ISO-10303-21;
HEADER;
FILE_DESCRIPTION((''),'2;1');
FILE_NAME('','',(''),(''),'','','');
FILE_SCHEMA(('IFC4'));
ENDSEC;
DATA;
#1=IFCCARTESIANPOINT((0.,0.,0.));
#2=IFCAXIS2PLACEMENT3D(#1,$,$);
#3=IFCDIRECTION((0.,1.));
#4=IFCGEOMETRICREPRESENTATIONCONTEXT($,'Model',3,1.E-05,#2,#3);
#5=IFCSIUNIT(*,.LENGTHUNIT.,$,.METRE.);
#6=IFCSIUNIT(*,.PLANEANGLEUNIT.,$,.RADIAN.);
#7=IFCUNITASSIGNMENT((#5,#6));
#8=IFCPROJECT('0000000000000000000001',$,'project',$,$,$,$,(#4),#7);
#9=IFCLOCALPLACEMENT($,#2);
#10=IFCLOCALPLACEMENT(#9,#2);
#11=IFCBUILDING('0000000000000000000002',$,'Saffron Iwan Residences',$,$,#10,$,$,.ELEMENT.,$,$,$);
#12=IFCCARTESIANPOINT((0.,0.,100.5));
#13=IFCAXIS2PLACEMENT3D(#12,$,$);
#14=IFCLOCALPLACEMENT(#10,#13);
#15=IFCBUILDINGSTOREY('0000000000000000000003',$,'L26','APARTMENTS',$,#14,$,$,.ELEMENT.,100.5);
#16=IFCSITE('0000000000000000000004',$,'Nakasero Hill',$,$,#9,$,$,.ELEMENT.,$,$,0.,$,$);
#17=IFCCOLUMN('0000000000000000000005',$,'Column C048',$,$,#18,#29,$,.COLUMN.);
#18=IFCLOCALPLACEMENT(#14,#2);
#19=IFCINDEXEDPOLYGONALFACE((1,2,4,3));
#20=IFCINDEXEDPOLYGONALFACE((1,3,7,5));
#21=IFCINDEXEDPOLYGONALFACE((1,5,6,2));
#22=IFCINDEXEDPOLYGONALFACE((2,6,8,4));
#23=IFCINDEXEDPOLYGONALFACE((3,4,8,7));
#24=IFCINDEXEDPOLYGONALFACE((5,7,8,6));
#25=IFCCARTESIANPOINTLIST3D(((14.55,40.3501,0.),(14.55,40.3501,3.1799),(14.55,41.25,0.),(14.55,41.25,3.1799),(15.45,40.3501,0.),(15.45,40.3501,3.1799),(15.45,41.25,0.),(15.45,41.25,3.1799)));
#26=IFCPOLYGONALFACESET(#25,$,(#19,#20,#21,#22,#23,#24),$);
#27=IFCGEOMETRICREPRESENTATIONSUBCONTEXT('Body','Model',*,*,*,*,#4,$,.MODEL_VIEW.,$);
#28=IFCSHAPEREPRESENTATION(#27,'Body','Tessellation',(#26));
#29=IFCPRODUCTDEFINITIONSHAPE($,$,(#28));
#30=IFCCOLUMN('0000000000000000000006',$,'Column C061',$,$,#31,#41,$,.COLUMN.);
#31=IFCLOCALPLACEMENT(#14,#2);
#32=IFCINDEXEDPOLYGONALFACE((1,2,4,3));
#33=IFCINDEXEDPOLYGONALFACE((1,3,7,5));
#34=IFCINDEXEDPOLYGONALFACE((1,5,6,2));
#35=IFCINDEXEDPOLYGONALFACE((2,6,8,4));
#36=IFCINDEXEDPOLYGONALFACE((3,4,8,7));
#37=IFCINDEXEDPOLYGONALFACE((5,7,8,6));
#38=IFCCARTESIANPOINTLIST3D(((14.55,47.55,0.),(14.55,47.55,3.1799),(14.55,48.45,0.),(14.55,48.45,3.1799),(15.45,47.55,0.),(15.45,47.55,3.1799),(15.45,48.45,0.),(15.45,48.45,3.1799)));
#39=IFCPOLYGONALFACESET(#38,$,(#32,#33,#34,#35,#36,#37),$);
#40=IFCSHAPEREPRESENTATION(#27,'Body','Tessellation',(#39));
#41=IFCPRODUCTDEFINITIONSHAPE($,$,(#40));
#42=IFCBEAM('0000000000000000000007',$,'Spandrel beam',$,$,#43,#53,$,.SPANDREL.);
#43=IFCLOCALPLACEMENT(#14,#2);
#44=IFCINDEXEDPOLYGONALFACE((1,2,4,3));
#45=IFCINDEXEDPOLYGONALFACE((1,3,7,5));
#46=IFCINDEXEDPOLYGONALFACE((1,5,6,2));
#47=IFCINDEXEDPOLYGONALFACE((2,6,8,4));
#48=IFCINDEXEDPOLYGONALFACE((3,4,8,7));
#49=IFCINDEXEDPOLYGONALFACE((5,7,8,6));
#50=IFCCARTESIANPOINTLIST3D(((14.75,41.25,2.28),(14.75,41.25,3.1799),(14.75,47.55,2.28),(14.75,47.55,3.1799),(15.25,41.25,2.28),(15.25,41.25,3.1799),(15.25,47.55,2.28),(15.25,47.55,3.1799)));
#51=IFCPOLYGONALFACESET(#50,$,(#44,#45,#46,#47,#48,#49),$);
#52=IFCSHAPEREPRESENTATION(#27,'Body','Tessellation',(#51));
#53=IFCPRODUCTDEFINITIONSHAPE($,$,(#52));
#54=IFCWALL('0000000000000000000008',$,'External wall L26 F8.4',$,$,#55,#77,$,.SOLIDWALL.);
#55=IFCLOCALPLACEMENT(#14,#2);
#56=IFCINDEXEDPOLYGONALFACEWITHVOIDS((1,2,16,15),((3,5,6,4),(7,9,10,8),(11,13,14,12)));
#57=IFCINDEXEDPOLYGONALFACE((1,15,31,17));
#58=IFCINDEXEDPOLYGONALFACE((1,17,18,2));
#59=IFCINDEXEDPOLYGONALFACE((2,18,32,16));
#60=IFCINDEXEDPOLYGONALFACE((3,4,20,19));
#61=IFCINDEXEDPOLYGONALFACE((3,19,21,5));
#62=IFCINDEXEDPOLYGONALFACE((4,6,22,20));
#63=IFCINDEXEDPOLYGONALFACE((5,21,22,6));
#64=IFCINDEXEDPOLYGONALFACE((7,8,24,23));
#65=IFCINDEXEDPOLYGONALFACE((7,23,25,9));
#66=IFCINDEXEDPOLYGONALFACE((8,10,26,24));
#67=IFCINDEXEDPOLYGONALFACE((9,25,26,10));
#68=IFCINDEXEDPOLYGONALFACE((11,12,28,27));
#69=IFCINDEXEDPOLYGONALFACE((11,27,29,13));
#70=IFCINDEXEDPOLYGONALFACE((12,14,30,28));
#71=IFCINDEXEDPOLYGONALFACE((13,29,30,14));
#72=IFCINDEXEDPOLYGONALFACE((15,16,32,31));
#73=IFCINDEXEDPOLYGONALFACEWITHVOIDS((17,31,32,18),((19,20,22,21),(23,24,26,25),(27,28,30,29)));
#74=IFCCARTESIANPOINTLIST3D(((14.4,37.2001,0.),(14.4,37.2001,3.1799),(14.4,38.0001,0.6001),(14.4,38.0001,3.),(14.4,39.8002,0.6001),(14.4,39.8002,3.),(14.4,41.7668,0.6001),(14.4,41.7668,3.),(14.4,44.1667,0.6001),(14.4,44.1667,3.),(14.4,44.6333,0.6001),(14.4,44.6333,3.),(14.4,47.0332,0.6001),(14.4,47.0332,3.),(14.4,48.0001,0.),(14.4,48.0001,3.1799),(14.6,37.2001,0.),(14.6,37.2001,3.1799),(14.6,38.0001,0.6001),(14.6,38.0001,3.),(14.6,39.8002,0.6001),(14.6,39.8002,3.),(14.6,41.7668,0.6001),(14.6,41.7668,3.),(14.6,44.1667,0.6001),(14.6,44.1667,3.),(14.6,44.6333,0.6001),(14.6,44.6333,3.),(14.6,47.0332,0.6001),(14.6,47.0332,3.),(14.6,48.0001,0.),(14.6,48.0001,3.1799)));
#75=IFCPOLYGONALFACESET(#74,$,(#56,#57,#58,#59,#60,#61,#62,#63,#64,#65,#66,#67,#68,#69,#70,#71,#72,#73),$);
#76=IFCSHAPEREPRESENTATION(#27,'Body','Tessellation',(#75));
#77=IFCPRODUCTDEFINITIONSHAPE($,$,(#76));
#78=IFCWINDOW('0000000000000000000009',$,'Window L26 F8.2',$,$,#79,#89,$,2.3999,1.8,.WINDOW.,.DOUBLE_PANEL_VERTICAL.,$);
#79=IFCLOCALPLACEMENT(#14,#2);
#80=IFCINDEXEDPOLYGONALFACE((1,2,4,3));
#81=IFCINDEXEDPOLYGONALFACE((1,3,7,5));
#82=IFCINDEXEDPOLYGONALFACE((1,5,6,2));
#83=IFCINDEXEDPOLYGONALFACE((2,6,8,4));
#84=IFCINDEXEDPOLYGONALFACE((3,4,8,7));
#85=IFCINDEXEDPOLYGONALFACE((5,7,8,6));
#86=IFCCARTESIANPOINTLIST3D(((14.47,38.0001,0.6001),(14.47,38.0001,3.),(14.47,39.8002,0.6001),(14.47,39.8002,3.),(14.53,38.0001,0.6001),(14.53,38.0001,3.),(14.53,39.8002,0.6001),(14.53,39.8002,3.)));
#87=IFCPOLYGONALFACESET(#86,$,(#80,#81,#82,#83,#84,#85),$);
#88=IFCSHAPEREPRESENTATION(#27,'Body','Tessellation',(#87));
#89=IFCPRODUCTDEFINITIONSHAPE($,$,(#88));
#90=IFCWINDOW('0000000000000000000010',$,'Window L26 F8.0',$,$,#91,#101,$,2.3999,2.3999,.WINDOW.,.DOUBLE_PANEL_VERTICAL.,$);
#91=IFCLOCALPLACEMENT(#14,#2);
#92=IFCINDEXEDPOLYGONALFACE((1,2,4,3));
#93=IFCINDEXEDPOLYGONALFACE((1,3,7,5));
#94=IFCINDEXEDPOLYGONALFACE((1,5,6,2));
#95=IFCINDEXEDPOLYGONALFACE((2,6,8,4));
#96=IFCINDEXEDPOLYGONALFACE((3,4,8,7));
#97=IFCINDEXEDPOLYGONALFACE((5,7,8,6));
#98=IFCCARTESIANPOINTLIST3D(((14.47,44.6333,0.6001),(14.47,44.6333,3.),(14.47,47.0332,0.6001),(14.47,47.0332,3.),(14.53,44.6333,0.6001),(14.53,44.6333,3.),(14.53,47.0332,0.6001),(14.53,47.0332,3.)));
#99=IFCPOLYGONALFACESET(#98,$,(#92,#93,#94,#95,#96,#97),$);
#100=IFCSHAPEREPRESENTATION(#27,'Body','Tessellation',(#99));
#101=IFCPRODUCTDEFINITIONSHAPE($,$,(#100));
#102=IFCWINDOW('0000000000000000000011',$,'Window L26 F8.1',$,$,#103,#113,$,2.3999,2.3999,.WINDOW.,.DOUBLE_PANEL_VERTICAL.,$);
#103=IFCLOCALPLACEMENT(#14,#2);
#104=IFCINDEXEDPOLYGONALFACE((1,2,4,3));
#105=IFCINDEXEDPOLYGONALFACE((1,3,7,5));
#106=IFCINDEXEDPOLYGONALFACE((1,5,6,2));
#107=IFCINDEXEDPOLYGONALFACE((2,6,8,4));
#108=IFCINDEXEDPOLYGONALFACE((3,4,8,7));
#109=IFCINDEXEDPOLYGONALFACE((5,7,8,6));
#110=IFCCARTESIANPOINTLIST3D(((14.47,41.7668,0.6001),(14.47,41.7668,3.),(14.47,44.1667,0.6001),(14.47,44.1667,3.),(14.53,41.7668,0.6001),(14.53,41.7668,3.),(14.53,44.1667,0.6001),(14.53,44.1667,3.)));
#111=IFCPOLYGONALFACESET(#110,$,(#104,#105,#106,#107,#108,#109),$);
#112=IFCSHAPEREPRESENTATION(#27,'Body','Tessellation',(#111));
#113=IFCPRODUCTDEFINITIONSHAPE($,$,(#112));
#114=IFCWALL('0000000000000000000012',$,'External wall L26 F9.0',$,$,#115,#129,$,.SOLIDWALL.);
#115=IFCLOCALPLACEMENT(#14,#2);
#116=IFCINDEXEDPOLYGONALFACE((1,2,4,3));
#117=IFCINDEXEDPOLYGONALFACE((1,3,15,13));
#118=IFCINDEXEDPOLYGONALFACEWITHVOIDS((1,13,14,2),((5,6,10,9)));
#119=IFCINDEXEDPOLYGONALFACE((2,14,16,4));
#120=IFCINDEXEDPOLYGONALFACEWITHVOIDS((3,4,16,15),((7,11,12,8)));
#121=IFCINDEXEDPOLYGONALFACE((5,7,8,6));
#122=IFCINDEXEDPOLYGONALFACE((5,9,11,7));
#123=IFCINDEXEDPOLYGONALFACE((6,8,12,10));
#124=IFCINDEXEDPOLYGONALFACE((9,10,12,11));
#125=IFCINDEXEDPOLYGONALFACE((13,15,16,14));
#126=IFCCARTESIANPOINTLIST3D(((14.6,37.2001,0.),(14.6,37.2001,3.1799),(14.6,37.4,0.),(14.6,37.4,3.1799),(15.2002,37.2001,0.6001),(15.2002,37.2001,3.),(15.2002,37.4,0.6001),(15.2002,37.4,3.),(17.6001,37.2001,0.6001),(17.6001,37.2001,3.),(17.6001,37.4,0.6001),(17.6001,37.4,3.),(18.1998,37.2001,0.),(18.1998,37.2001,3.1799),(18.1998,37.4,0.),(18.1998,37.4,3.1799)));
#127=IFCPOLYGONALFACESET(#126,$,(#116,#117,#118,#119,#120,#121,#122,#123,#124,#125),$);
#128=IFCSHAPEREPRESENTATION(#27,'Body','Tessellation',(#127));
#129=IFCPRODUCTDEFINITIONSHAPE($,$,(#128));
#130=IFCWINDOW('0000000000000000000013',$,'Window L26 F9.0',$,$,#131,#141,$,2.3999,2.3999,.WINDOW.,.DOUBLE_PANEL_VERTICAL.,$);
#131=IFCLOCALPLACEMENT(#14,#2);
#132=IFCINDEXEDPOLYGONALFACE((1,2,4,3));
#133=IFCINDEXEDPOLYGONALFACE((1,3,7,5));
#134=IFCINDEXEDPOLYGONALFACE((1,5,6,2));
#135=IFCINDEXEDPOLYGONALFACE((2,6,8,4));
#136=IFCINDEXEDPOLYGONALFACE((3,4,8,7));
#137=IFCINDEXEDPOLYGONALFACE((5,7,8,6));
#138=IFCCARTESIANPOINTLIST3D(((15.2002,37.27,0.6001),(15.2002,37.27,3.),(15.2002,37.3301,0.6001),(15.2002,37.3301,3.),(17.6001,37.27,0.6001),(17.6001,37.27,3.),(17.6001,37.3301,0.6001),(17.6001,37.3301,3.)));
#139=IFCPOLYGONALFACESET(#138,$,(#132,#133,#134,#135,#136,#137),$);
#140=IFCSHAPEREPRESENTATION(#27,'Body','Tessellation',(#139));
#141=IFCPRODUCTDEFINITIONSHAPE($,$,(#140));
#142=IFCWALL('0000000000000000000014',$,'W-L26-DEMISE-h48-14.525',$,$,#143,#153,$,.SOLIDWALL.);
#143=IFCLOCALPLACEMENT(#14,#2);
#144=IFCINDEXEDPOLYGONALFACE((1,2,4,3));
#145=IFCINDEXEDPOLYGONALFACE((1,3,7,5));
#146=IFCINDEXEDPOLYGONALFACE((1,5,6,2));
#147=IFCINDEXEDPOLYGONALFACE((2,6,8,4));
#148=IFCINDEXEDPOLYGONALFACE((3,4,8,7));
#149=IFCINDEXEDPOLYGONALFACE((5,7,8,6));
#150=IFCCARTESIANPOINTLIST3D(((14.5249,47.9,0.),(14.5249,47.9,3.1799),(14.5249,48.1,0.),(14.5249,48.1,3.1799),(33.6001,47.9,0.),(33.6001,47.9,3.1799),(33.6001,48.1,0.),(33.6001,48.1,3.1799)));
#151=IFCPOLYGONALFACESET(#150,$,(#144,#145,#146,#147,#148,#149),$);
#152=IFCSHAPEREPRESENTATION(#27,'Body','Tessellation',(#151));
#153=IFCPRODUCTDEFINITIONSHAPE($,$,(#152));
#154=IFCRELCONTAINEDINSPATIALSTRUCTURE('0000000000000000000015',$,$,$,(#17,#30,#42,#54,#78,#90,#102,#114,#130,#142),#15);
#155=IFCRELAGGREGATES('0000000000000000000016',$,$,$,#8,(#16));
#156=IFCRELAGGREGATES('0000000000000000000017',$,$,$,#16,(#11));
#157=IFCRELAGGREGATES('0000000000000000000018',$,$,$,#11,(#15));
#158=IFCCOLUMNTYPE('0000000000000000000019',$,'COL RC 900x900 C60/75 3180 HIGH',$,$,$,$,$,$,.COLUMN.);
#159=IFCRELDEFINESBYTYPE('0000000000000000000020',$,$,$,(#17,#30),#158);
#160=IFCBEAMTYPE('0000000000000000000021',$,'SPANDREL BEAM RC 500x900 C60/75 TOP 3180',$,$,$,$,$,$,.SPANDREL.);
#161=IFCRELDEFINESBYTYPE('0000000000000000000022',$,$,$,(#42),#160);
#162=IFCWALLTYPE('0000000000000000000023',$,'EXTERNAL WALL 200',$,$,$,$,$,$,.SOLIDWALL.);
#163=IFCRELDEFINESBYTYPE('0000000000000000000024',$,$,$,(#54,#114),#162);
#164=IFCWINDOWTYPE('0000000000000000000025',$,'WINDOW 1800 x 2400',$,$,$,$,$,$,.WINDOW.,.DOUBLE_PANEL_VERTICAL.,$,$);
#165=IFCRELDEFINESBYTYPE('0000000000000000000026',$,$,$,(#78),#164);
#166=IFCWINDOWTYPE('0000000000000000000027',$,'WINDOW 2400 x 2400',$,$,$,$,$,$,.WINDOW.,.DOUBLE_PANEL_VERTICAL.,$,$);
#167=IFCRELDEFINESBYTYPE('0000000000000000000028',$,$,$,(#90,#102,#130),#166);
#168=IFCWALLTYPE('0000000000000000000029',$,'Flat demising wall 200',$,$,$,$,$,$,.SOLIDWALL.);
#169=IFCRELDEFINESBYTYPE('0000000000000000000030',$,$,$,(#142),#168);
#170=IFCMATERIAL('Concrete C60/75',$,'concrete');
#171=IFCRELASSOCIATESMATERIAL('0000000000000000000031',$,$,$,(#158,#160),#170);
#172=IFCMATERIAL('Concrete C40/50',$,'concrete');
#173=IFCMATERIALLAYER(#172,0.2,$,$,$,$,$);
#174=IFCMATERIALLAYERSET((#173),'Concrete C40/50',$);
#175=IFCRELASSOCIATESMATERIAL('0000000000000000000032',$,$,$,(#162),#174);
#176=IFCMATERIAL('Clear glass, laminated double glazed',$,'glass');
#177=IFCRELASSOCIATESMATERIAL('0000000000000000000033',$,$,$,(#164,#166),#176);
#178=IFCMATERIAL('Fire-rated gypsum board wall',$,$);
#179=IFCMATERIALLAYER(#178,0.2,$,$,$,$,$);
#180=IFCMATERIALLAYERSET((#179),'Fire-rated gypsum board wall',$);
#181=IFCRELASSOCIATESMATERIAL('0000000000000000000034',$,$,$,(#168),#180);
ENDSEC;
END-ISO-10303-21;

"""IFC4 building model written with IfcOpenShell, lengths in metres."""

from ifc_helpers import new_model, si_unit, direction, frame, frame_2d, origin, origin_2d, place, context, subcontext, project, spatial, rectangle, extrude, source, transform, mapped, material, layer, layer_set, material_profile, profile_set, type_object, element, fill, save


model = new_model("IFC4")

# Units and contexts
model_context = context("Model", 3, precision=1e-05, world=origin(), true_north=direction((0.0, 1.0)))
body_context = subcontext(model_context, "Body", "Model", "MODEL_VIEW")
ifc_project = project(units=[si_unit("LENGTHUNIT", "METRE"), si_unit("PLANEANGLEUNIT", "RADIAN")], contexts=[model_context])

# Site, building, storey
site_placement = place(None, origin())
site = spatial("IfcSite", under=ifc_project, at=site_placement, Name="Nakasero Hill", CompositionType="ELEMENT", RefElevation=0.0)
building_placement = place(site_placement, origin())
building = spatial("IfcBuilding", under=site, at=building_placement, Name="Saffron Iwan Residences", CompositionType="ELEMENT")
storey_placement = place(building_placement, frame((0.0, 0.0, 100.5)))
storey = spatial("IfcBuildingStorey", under=building, at=storey_placement, Name="L26", Description="APARTMENTS", CompositionType="ELEMENT", Elevation=100.5)

# Columns
ifc_material_1 = material(Name="Concrete C60/75", Category="concrete")
ifc_material_profile_1 = material_profile(ifc_material_1, rectangle(XDim=0.8999, YDim=0.8999, at=origin_2d()), Name="RC 900x900")
ifc_profile_set_1 = profile_set([ifc_material_profile_1], Name="Concrete C60/75")
column_type = type_object("IfcColumnType", Name="COL RC 900x900 C60/75 3180 HIGH", PredefinedType="COLUMN", material=ifc_profile_set_1)
shared_shape_1 = source(origin(), body_context, "Body", "SweptSolid", [
    extrude(rectangle(XDim=0.8999, YDim=0.8999, at=origin_2d()), origin(), (0.0, 0.0, 1.0), 3.1799),
])
for number, where, z_axis, x_axis, name in (
    (1, (15.0, 40.8, 0.0), (0.0, 0.0, 1.0), (1.0, 0.0, 0.0), "Column C048"),
    (2, (15.0, 48.0, 0.0), (0.0, 0.0, 1.0), (1.0, 0.0, 0.0), "Column C061"),
):
    element("IfcColumn", number, at=place(storey_placement, frame(where, z_axis=z_axis, x_axis=x_axis)), inside=storey, type_object=column_type, Name=name, PredefinedType="COLUMN", context=body_context, shape_type="MappedRepresentation", body=[
        mapped(shared_shape_1, transform((0.0, 0.0, 0.0))),
    ])

# Beam
ifc_material_profile_2 = material_profile(ifc_material_1, rectangle(XDim=0.5, YDim=0.8999, at=origin_2d()), Name="RC 500x900")
ifc_profile_set_2 = profile_set([ifc_material_profile_2], Name="Concrete C60/75")
beam_type = type_object("IfcBeamType", Name="SPANDREL BEAM RC 500x900 C60/75 TOP 3180", PredefinedType="SPANDREL", material=ifc_profile_set_2)
shared_shape_2 = source(origin(), body_context, "Body", "SweptSolid", [
    extrude(rectangle(XDim=0.5, YDim=0.8999, at=origin_2d()), origin(), (0.0, 0.0, 1.0), 6.3),
])
beam_placement = place(storey_placement, frame((15.0, 41.25, 2.73), z_axis=(0.0, 1.0, 0.0), x_axis=(-1.0, 0.0, 0.0)))
element("IfcBeam", 3, at=beam_placement, inside=storey, type_object=beam_type, Name="Spandrel beam", PredefinedType="SPANDREL", context=body_context, shape_type="MappedRepresentation", body=[
    mapped(shared_shape_2, transform((0.0, 0.0, 0.0))),
])

# Wall, openings, windows
ifc_material_2 = material(Name="Concrete C40/50", Category="concrete")
ifc_layer_1 = layer(ifc_material_2, 0.2)
ifc_layer_set_1 = layer_set([ifc_layer_1], Name="Concrete C40/50")
wall_type_1 = type_object("IfcWallType", Name="EXTERNAL WALL 200", PredefinedType="SOLIDWALL", material=ifc_layer_set_1)
wall_1_placement = place(storey_placement, frame((14.5, 48.0, 0.0), z_axis=(0.0, 0.0, 1.0), x_axis=(0.0, -1.0, 0.0)))
wall_1 = element("IfcWall", 4, at=wall_1_placement, inside=storey, type_object=wall_type_1, Name="External wall L26 F8.4", PredefinedType="SOLIDWALL", context=body_context, shape_type="SweptSolid", body=[
    extrude(rectangle(XDim=10.8, YDim=0.2, at=frame_2d((5.3999, 0.0))), origin(), (0.0, 0.0, 1.0), 3.1799),
])
opening_1_placement = place(wall_1_placement, frame((0.9668, 0.0, 0.6001)))
opening_1 = element("IfcOpeningElement", 5, at=opening_1_placement, cuts=wall_1, PredefinedType="OPENING", context=body_context, shape_type="SweptSolid", body=[
    extrude(rectangle(XDim=2.3999, YDim=2.3999, at=frame_2d((1.2, 1.2))), frame((0.0, 0.1099, 0.0), z_axis=(0.0, -1.0, 0.0), x_axis=(1.0, 0.0, 0.0)), (0.0, 0.0, 1.0), 0.22),
])
opening_2_placement = place(wall_1_placement, frame((3.8333, 0.0, 0.6001)))
opening_2 = element("IfcOpeningElement", 6, at=opening_2_placement, cuts=wall_1, PredefinedType="OPENING", context=body_context, shape_type="SweptSolid", body=[
    extrude(rectangle(XDim=2.3999, YDim=2.3999, at=frame_2d((1.2, 1.2))), frame((0.0, 0.1099, 0.0), z_axis=(0.0, -1.0, 0.0), x_axis=(1.0, 0.0, 0.0)), (0.0, 0.0, 1.0), 0.22),
])
opening_3_placement = place(wall_1_placement, frame((8.2, 0.0, 0.6001)))
opening_3 = element("IfcOpeningElement", 7, at=opening_3_placement, cuts=wall_1, PredefinedType="OPENING", context=body_context, shape_type="SweptSolid", body=[
    extrude(rectangle(XDim=1.8, YDim=2.3999, at=frame_2d((0.8999, 1.2))), frame((0.0, 0.1099, 0.0), z_axis=(0.0, -1.0, 0.0), x_axis=(1.0, 0.0, 0.0)), (0.0, 0.0, 1.0), 0.22),
])
ifc_material_3 = material(Name="Clear glass, laminated double glazed", Category="glass")
window_type_1 = type_object("IfcWindowType", Name="WINDOW 1800 x 2400", PartitioningType="DOUBLE_PANEL_VERTICAL", PredefinedType="WINDOW", material=ifc_material_3)
window_1_placement = place(opening_3_placement, origin())
window_1 = element("IfcWindow", 8, at=window_1_placement, inside=storey, type_object=window_type_1, Name="Window L26 F8.2", OverallHeight=2.3999, OverallWidth=1.8, PartitioningType="DOUBLE_PANEL_VERTICAL", PredefinedType="WINDOW", context=body_context, shape_type="SweptSolid", body=[
    extrude(rectangle(XDim=1.8, YDim=2.3999, at=frame_2d((0.8999, 1.2))), frame((0.0, 0.03, 0.0), z_axis=(0.0, -1.0, 0.0), x_axis=(1.0, 0.0, 0.0)), (0.0, 0.0, 1.0), 0.0601),
])
fill(opening_3, window_1)
window_type_2 = type_object("IfcWindowType", Name="WINDOW 2400 x 2400", PartitioningType="DOUBLE_PANEL_VERTICAL", PredefinedType="WINDOW", material=ifc_material_3)
window_2_placement = place(opening_1_placement, origin())
window_2 = element("IfcWindow", 9, at=window_2_placement, inside=storey, type_object=window_type_2, Name="Window L26 F8.0", OverallHeight=2.3999, OverallWidth=2.3999, PartitioningType="DOUBLE_PANEL_VERTICAL", PredefinedType="WINDOW", context=body_context, shape_type="SweptSolid", body=[
    extrude(rectangle(XDim=2.3999, YDim=2.3999, at=frame_2d((1.2, 1.2))), frame((0.0, 0.03, 0.0), z_axis=(0.0, -1.0, 0.0), x_axis=(1.0, 0.0, 0.0)), (0.0, 0.0, 1.0), 0.0601),
])
fill(opening_1, window_2)
window_3_placement = place(opening_2_placement, origin())
window_3 = element("IfcWindow", 10, at=window_3_placement, inside=storey, type_object=window_type_2, Name="Window L26 F8.1", OverallHeight=2.3999, OverallWidth=2.3999, PartitioningType="DOUBLE_PANEL_VERTICAL", PredefinedType="WINDOW", context=body_context, shape_type="SweptSolid", body=[
    extrude(rectangle(XDim=2.3999, YDim=2.3999, at=frame_2d((1.2, 1.2))), frame((0.0, 0.03, 0.0), z_axis=(0.0, -1.0, 0.0), x_axis=(1.0, 0.0, 0.0)), (0.0, 0.0, 1.0), 0.0601),
])
fill(opening_2, window_3)

# Wall, opening, window
wall_2_placement = place(storey_placement, frame((14.6001, 37.3, 0.0), z_axis=(0.0, 0.0, 1.0), x_axis=(1.0, 0.0, 0.0)))
wall_2 = element("IfcWall", 11, at=wall_2_placement, inside=storey, type_object=wall_type_1, Name="External wall L26 F9.0", PredefinedType="SOLIDWALL", context=body_context, shape_type="SweptSolid", body=[
    extrude(rectangle(XDim=3.5999, YDim=0.2, at=frame_2d((1.7998, 0.0))), origin(), (0.0, 0.0, 1.0), 3.1799),
])
opening_4_placement = place(wall_2_placement, frame((0.6001, 0.0, 0.6001)))
opening_4 = element("IfcOpeningElement", 12, at=opening_4_placement, cuts=wall_2, PredefinedType="OPENING", context=body_context, shape_type="SweptSolid", body=[
    extrude(rectangle(XDim=2.3999, YDim=2.3999, at=frame_2d((1.2, 1.2))), frame((0.0, 0.1099, 0.0), z_axis=(0.0, -1.0, 0.0), x_axis=(1.0, 0.0, 0.0)), (0.0, 0.0, 1.0), 0.22),
])
window_4_placement = place(opening_4_placement, origin())
window_4 = element("IfcWindow", 13, at=window_4_placement, inside=storey, type_object=window_type_2, Name="Window L26 F9.0", OverallHeight=2.3999, OverallWidth=2.3999, PartitioningType="DOUBLE_PANEL_VERTICAL", PredefinedType="WINDOW", context=body_context, shape_type="SweptSolid", body=[
    extrude(rectangle(XDim=2.3999, YDim=2.3999, at=frame_2d((1.2, 1.2))), frame((0.0, 0.03, 0.0), z_axis=(0.0, -1.0, 0.0), x_axis=(1.0, 0.0, 0.0)), (0.0, 0.0, 1.0), 0.0601),
])
fill(opening_4, window_4)

# Wall
ifc_material_4 = material(Name="Fire-rated gypsum board wall")
ifc_layer_2 = layer(ifc_material_4, 0.2)
ifc_layer_set_2 = layer_set([ifc_layer_2], Name="Fire-rated gypsum board wall")
wall_type_2 = type_object("IfcWallType", Name="Flat demising wall 200", PredefinedType="SOLIDWALL", material=ifc_layer_set_2)
wall_3_placement = place(storey_placement, frame((14.5249, 48.0, 0.0), z_axis=(0.0, 0.0, 1.0), x_axis=(1.0, 0.0, 0.0)))
element("IfcWall", 14, at=wall_3_placement, inside=storey, type_object=wall_type_2, Name="W-L26-DEMISE-h48-14.525", PredefinedType="SOLIDWALL", context=body_context, shape_type="SweptSolid", body=[
    extrude(rectangle(XDim=19.0752, YDim=0.2, at=frame_2d((9.5376, 0.0))), origin(), (0.0, 0.0, 1.0), 3.1799),
])

save(model, "model.ifc")
